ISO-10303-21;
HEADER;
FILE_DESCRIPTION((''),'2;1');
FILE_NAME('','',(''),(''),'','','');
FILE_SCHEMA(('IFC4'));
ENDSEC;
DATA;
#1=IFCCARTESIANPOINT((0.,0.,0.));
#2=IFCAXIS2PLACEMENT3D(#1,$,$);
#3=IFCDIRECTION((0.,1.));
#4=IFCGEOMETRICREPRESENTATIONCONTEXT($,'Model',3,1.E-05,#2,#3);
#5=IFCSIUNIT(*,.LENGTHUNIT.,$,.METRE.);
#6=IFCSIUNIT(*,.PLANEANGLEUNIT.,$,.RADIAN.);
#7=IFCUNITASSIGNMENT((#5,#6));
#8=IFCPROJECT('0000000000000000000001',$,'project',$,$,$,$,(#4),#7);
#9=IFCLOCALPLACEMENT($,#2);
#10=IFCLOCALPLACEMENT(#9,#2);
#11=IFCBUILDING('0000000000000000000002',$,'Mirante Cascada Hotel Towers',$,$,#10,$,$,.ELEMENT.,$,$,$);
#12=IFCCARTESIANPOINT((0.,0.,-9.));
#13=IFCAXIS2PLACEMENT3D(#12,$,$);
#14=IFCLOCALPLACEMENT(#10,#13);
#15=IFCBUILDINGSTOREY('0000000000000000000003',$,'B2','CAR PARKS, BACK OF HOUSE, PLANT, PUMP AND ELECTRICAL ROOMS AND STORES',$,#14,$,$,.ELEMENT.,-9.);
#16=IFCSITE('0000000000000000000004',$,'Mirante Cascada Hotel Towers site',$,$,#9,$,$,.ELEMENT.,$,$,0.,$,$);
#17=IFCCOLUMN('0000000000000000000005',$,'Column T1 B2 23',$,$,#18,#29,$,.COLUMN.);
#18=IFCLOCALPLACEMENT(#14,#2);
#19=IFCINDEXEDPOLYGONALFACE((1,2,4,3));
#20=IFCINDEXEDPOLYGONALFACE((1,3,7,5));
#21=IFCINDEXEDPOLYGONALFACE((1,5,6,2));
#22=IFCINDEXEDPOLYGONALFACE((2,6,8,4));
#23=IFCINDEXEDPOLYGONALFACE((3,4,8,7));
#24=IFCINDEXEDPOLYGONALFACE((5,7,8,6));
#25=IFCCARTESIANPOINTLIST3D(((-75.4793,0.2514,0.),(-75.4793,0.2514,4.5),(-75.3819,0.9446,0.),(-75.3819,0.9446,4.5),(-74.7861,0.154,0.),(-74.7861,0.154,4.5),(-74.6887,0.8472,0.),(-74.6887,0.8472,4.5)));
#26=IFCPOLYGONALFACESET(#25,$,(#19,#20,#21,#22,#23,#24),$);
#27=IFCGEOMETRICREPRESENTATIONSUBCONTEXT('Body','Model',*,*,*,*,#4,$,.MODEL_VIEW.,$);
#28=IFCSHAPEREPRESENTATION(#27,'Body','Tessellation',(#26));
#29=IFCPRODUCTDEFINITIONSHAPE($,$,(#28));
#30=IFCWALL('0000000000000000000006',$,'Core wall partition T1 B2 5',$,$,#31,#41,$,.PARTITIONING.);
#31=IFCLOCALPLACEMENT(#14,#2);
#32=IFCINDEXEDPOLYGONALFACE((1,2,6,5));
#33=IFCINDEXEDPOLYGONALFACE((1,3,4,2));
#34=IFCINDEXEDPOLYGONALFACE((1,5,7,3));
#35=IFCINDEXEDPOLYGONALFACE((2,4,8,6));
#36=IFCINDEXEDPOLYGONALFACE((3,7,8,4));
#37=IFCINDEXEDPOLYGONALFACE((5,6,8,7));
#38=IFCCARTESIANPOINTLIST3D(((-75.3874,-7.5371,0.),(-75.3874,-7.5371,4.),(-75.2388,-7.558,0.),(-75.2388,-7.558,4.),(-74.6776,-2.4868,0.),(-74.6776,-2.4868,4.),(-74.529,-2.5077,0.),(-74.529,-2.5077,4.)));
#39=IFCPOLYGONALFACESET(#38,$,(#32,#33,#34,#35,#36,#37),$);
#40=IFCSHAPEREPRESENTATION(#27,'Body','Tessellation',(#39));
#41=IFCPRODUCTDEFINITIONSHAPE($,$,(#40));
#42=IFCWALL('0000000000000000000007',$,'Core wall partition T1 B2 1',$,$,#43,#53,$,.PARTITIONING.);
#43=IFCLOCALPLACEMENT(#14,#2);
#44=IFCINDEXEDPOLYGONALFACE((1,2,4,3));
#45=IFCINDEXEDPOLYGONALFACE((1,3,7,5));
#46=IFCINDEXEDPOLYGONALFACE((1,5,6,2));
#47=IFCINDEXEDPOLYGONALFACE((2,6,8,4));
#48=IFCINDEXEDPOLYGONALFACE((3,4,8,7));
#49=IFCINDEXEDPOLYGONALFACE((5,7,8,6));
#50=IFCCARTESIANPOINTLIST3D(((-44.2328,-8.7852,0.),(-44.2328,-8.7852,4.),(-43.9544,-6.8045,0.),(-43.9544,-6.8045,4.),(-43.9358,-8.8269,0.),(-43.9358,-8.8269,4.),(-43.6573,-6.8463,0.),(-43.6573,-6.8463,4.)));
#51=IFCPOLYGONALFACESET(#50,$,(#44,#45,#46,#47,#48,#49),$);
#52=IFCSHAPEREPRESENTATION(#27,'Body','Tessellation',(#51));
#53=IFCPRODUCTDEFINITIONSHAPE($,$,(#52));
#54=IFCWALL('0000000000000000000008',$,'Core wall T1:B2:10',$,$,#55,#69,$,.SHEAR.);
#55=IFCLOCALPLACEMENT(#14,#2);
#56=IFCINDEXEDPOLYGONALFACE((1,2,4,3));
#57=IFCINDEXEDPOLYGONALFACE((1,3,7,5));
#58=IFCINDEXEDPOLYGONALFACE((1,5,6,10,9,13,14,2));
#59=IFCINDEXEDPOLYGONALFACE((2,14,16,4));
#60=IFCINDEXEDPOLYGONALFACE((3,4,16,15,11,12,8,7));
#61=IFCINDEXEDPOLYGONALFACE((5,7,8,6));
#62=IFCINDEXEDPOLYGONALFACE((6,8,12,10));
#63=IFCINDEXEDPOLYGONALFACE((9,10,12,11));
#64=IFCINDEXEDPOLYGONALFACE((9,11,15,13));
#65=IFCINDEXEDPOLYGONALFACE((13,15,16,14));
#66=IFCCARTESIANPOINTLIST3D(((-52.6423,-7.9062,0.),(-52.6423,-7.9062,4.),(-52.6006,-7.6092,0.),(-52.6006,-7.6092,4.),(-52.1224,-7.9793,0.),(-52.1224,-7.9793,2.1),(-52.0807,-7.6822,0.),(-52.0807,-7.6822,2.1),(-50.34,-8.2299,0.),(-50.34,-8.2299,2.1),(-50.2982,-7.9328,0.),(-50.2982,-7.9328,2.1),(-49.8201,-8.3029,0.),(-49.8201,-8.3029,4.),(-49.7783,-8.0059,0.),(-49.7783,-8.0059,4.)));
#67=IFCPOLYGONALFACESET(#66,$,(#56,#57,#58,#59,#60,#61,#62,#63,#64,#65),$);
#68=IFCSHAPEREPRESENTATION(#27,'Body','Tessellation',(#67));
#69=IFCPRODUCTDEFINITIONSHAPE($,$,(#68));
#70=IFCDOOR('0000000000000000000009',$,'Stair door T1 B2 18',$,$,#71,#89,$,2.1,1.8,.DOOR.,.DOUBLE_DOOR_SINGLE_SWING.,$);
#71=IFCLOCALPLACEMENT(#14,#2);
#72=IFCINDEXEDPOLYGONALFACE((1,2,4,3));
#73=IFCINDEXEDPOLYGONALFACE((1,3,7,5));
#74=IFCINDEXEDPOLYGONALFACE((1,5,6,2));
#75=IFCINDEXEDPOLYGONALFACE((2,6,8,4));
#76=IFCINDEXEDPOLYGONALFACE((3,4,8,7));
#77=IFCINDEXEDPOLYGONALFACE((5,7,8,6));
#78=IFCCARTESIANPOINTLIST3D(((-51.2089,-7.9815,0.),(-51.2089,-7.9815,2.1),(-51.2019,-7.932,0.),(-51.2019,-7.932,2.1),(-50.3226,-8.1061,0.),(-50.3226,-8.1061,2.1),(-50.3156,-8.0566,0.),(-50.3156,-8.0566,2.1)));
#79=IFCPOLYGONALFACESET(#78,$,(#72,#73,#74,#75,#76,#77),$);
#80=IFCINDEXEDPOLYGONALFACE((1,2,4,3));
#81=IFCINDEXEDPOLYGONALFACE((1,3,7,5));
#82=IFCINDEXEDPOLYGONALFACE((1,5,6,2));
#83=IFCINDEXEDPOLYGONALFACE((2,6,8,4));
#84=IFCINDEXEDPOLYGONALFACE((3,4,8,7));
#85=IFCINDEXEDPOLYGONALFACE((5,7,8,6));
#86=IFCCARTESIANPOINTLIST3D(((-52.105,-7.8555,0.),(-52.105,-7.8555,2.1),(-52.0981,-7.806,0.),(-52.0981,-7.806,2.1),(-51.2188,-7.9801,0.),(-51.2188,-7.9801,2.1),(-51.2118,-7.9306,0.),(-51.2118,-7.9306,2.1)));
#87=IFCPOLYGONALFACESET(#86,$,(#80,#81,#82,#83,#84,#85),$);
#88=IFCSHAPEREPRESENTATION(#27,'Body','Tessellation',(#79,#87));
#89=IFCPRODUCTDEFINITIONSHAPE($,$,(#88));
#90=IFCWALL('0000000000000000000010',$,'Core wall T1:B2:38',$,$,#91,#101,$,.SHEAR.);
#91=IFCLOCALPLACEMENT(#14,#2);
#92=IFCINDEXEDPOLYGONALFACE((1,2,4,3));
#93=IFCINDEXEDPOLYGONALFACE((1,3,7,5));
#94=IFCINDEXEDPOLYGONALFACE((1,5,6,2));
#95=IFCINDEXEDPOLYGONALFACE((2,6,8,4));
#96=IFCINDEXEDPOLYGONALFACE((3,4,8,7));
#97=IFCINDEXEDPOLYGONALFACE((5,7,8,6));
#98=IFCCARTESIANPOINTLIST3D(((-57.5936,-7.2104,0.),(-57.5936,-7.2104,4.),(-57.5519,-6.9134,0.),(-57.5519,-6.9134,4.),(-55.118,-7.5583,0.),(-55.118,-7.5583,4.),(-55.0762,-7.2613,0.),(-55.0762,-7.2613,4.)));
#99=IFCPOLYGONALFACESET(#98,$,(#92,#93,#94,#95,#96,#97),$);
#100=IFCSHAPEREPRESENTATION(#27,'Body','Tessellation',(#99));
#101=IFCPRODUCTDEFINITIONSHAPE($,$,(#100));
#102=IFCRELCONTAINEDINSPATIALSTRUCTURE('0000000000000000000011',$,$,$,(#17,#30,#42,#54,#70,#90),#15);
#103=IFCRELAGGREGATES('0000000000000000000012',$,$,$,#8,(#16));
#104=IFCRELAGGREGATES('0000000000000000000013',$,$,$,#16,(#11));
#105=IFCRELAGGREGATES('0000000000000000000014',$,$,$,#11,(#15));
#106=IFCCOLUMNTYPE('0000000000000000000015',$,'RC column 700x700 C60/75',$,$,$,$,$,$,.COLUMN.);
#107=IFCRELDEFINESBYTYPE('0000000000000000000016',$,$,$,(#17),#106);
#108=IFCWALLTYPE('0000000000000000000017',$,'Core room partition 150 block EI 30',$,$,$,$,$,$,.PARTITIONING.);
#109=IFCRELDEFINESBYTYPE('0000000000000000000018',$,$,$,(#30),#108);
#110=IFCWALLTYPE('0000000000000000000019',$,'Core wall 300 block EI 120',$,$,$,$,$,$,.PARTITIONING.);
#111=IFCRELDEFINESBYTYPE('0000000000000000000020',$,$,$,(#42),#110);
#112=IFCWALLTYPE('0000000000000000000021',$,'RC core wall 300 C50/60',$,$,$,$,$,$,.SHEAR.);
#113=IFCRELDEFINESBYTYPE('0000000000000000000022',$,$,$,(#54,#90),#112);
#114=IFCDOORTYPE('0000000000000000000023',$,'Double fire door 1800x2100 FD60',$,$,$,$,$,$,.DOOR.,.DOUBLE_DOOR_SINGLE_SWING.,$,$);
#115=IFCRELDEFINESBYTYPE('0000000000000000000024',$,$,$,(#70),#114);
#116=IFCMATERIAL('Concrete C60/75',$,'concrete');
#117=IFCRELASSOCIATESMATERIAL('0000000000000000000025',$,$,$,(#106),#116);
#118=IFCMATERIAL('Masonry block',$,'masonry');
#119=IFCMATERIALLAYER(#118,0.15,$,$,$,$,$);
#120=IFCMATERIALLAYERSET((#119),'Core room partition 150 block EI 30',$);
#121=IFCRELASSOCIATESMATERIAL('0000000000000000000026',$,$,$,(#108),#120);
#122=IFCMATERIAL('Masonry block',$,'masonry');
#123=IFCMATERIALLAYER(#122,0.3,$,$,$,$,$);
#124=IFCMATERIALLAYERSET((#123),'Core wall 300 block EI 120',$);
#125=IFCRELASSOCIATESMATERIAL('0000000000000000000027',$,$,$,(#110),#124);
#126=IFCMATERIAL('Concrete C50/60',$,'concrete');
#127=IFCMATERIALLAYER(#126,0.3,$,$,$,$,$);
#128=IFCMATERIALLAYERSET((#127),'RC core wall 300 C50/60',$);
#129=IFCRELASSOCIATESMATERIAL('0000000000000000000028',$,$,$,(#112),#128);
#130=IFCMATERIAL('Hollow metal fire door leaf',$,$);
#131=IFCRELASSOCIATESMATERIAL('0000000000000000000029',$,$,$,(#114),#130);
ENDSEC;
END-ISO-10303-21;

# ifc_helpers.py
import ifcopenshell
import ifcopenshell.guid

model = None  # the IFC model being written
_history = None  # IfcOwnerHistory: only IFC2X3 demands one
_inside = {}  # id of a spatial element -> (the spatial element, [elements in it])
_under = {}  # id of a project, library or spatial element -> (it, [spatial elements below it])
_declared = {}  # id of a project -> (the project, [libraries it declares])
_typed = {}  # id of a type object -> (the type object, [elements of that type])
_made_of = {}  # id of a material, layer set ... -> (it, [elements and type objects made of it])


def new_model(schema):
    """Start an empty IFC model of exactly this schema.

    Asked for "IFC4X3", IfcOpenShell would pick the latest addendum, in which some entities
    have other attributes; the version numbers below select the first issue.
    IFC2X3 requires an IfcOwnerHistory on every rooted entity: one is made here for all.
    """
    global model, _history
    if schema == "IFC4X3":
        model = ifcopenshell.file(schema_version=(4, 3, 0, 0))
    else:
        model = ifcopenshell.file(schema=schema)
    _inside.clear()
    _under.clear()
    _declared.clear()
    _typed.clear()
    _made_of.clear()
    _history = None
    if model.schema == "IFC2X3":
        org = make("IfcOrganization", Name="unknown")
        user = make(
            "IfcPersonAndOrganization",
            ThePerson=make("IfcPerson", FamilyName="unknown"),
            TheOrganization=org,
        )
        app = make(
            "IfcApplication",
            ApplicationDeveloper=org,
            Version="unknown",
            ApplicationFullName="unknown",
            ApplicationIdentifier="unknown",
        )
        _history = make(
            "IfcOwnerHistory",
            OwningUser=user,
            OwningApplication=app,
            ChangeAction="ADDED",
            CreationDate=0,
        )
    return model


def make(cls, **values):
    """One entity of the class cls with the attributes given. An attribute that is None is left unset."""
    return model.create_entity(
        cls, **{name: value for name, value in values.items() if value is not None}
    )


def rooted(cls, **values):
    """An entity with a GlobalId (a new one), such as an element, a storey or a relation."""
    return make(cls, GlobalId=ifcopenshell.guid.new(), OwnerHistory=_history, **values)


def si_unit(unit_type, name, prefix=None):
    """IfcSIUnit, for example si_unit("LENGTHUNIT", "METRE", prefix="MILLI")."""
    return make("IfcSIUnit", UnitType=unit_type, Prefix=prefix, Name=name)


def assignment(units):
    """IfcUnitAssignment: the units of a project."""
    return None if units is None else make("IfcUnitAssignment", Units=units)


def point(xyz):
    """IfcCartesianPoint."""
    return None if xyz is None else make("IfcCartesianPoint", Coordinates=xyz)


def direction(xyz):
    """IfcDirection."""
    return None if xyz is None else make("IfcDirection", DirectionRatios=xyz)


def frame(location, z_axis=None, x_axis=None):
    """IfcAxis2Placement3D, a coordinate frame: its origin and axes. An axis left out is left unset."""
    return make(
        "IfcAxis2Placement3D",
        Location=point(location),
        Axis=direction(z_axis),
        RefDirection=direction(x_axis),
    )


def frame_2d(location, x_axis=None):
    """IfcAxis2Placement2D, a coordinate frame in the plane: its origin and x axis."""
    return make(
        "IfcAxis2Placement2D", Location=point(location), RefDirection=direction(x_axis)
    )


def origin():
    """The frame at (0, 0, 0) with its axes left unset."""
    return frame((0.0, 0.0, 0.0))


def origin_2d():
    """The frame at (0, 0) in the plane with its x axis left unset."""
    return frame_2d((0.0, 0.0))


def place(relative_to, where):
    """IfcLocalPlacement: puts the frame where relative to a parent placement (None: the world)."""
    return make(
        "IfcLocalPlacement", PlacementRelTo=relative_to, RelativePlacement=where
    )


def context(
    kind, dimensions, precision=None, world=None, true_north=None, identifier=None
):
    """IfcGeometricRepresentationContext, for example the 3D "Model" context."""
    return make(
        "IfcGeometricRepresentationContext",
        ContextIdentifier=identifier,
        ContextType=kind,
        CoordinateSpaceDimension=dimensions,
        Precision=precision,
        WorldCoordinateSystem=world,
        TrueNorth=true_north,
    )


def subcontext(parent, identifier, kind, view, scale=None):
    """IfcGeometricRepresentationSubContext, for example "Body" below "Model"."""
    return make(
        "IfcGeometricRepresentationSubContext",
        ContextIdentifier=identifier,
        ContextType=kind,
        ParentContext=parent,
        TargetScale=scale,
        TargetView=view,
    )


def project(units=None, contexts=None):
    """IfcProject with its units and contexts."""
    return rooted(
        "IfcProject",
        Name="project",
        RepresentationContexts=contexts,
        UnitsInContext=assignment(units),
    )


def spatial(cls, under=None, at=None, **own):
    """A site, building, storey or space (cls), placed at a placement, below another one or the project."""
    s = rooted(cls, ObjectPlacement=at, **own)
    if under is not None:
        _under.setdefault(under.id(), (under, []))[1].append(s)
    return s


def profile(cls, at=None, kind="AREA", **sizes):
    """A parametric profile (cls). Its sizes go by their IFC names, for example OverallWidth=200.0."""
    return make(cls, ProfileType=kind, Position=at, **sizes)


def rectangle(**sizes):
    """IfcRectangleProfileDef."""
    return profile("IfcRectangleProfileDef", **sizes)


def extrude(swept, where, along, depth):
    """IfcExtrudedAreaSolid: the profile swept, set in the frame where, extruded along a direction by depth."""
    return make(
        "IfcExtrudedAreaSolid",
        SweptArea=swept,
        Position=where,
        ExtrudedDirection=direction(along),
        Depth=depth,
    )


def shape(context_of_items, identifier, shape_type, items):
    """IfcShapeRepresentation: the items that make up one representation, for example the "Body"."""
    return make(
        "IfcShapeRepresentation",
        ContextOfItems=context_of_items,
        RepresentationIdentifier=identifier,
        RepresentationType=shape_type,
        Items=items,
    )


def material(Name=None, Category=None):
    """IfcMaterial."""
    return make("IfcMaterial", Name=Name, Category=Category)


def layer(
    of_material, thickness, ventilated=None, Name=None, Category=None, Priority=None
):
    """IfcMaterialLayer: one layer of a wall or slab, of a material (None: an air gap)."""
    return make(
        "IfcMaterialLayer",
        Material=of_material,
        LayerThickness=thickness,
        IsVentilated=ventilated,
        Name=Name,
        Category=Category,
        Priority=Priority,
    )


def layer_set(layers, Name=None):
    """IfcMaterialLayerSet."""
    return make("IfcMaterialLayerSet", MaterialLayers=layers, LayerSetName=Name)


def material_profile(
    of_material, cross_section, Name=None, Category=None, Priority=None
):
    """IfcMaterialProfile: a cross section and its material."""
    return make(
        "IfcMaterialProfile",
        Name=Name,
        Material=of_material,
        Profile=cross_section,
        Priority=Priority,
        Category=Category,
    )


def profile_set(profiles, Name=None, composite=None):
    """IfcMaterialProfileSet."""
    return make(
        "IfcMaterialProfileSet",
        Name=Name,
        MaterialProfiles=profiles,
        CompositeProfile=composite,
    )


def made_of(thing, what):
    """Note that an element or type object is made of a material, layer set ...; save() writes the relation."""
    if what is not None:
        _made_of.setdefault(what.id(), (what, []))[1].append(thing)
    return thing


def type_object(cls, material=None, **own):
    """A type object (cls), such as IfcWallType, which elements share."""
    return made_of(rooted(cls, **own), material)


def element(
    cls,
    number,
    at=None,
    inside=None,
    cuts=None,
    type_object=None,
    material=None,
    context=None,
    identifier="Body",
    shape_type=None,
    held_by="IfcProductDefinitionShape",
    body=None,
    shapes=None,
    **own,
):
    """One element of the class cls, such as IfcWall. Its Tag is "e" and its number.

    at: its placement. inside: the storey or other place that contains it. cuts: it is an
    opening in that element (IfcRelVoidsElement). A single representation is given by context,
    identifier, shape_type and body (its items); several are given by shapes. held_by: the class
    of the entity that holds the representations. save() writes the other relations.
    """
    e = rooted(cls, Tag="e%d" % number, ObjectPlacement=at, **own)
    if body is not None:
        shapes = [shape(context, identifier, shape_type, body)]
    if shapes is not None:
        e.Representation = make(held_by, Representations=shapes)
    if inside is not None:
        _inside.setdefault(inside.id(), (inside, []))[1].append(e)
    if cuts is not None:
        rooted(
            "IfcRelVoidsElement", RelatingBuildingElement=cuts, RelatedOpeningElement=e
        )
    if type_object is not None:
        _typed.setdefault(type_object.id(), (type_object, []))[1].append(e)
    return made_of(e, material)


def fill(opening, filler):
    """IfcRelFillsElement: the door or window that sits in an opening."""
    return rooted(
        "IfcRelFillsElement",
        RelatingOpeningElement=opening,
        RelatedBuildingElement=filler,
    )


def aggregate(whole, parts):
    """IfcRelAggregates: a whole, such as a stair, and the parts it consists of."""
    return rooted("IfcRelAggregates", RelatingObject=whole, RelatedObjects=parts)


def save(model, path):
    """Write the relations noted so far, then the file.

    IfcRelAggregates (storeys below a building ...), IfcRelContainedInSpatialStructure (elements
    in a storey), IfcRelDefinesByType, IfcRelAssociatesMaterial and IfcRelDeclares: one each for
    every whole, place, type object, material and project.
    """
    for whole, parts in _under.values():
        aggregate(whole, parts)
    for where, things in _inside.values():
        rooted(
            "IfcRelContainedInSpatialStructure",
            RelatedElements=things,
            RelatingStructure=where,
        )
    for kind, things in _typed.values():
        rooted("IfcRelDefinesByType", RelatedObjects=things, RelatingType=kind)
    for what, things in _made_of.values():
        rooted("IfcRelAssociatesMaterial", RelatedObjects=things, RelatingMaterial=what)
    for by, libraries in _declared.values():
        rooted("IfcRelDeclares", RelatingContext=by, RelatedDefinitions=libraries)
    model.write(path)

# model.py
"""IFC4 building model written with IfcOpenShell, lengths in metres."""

from ifc_helpers import new_model, si_unit, direction, frame, frame_2d, origin, origin_2d, place, context, subcontext, project, spatial, rectangle, extrude, material, layer, layer_set, material_profile, profile_set, type_object, element, fill, save


model = new_model("IFC4")

# Units and contexts
model_context = context("Model", 3, precision=1e-05, world=origin(), true_north=direction((0.0, 1.0)))
body_context = subcontext(model_context, "Body", "Model", "MODEL_VIEW")
ifc_project = project(units=[si_unit("LENGTHUNIT", "METRE"), si_unit("PLANEANGLEUNIT", "RADIAN")], contexts=[model_context])

# Site, building, storey
site_placement = place(None, origin())
site = spatial("IfcSite", under=ifc_project, at=site_placement, Name="Mirante Cascada Hotel Towers site", CompositionType="ELEMENT", RefElevation=0.0)
building_placement = place(site_placement, origin())
building = spatial("IfcBuilding", under=site, at=building_placement, Name="Mirante Cascada Hotel Towers", CompositionType="ELEMENT")
storey_placement = place(building_placement, frame((0.0, 0.0, -9.0)))
storey = spatial("IfcBuildingStorey", under=building, at=storey_placement, Name="B2", Description="CAR PARKS, BACK OF HOUSE, PLANT, PUMP AND ELECTRICAL ROOMS AND STORES", CompositionType="ELEMENT", Elevation=-9.0)

# Column
ifc_material_1 = material(Name="Concrete C60/75", Category="concrete")
ifc_material_profile_1 = material_profile(ifc_material_1, rectangle(XDim=0.7, YDim=0.7, at=origin_2d()), Name="RC column 700x700 C60/75")
ifc_profile_set_1 = profile_set([ifc_material_profile_1], Name="Concrete C60/75")
column_type = type_object("IfcColumnType", Name="RC column 700x700 C60/75", PredefinedType="COLUMN", material=ifc_profile_set_1)
for number, where, z_axis, x_axis, name in (
    (1, (-75.084, 0.5493, 0.0), (0.0, 0.0, 1.0), (-0.990268, 0.139173, 0.0), "Column T1 B2 23"),
):
    element("IfcColumn", number, at=place(storey_placement, frame(where, z_axis=z_axis, x_axis=x_axis)), inside=storey, type_object=column_type, Name=name, PredefinedType="COLUMN", context=body_context, shape_type="SweptSolid", body=[
        extrude(rectangle(XDim=0.7, YDim=0.7, at=origin_2d()), origin(), (0.0, 0.0, 1.0), 4.5),
    ])

# Walls
ifc_material_2 = material(Name="Masonry block", Category="masonry")
ifc_layer_1 = layer(ifc_material_2, 0.15)
ifc_layer_set_1 = layer_set([ifc_layer_1], Name="Core room partition 150 block EI 30")
wall_type_1 = type_object("IfcWallType", Name="Core room partition 150 block EI 30", PredefinedType="PARTITIONING", material=ifc_layer_set_1)
wall_1_placement = place(storey_placement, frame((-75.3131, -7.5476, 0.0), z_axis=(0.0, 0.0, 1.0), x_axis=(0.139178, 0.990267, 0.0)))
element("IfcWall", 2, at=wall_1_placement, inside=storey, type_object=wall_type_1, Name="Core wall partition T1 B2 5", PredefinedType="PARTITIONING", context=body_context, shape_type="SweptSolid", body=[
    extrude(rectangle(XDim=5.0999, YDim=0.15, at=frame_2d((2.55, 0.0))), origin(), (0.0, 0.0, 1.0), 4.0),
])
ifc_material_3 = material(Name="Masonry block", Category="masonry")
ifc_layer_2 = layer(ifc_material_3, 0.3)
ifc_layer_set_2 = layer_set([ifc_layer_2], Name="Core wall 300 block EI 120")
wall_type_2 = type_object("IfcWallType", Name="Core wall 300 block EI 120", PredefinedType="PARTITIONING", material=ifc_layer_set_2)
wall_2_placement = place(storey_placement, frame((-44.0843, -8.8061, 0.0), z_axis=(0.0, 0.0, 1.0), x_axis=(0.139195, 0.990265, 0.0)))
element("IfcWall", 3, at=wall_2_placement, inside=storey, type_object=wall_type_2, Name="Core wall partition T1 B2 1", PredefinedType="PARTITIONING", context=body_context, shape_type="SweptSolid", body=[
    extrude(rectangle(XDim=2.0001, YDim=0.3, at=frame_2d((1.0001, 0.0))), origin(), (0.0, 0.0, 1.0), 4.0),
])

# Wall, opening, door
ifc_material_4 = material(Name="Concrete C50/60", Category="concrete")
ifc_layer_3 = layer(ifc_material_4, 0.3)
ifc_layer_set_3 = layer_set([ifc_layer_3], Name="RC core wall 300 C50/60")
wall_type_3 = type_object("IfcWallType", Name="RC core wall 300 C50/60", PredefinedType="SHEAR", material=ifc_layer_set_3)
wall_3_placement = place(storey_placement, frame((-49.7992, -8.1544, 0.0), z_axis=(0.0, 0.0, 1.0), x_axis=(-0.990266, 0.139191, 0.0)))
wall_3 = element("IfcWall", 4, at=wall_3_placement, inside=storey, type_object=wall_type_3, Name="Core wall T1:B2:10", PredefinedType="SHEAR", context=body_context, shape_type="SweptSolid", body=[
    extrude(rectangle(XDim=2.85, YDim=0.3, at=frame_2d((1.425, 0.0))), origin(), (0.0, 0.0, 1.0), 4.0),
])
opening_placement = place(wall_3_placement, frame((0.525, 0.0, 0.0)))
opening = element("IfcOpeningElement", 5, at=opening_placement, cuts=wall_3, PredefinedType="OPENING", context=body_context, shape_type="SweptSolid", body=[
    extrude(rectangle(XDim=1.8, YDim=2.1, at=frame_2d((0.9, 1.05))), frame((0.0, 0.15, 0.0), z_axis=(0.0, -1.0, 0.0), x_axis=(1.0, 0.0, 0.0)), (0.0, 0.0, 1.0), 0.3),
])
ifc_material_5 = material(Name="Hollow metal fire door leaf")
door_type = type_object("IfcDoorType", Name="Double fire door 1800x2100 FD60", OperationType="DOUBLE_DOOR_SINGLE_SWING", PredefinedType="DOOR", material=ifc_material_5)
door_placement = place(opening_placement, origin())
door = element("IfcDoor", 6, at=door_placement, inside=storey, type_object=door_type, Name="Stair door T1 B2 18", OperationType="DOUBLE_DOOR_SINGLE_SWING", OverallHeight=2.1, OverallWidth=1.8, PredefinedType="DOOR", context=body_context, shape_type="SweptSolid", body=[
    extrude(rectangle(XDim=0.895, YDim=2.1, at=frame_2d((0.4475, 1.05))), frame((0.0, 0.025, 0.0), z_axis=(0.0, -1.0, 0.0), x_axis=(1.0, 0.0, 0.0)), (0.0, 0.0, 1.0), 0.05),
    extrude(rectangle(XDim=0.895, YDim=2.1, at=frame_2d((1.3525, 1.05))), frame((0.0, 0.025, 0.0), z_axis=(0.0, -1.0, 0.0), x_axis=(1.0, 0.0, 0.0)), (0.0, 0.0, 1.0), 0.05),
])
fill(opening, door)

# Wall
wall_4_placement = place(storey_placement, frame((-55.0971, -7.4098, 0.0), z_axis=(0.0, 0.0, 1.0), x_axis=(-0.99027, 0.139159, 0.0)))
element("IfcWall", 7, at=wall_4_placement, inside=storey, type_object=wall_type_3, Name="Core wall T1:B2:38", PredefinedType="SHEAR", context=body_context, shape_type="SweptSolid", body=[
    extrude(rectangle(XDim=2.5, YDim=0.3, at=frame_2d((1.25, 0.0))), origin(), (0.0, 0.0, 1.0), 4.0),
])

save(model, "model.ifc")
